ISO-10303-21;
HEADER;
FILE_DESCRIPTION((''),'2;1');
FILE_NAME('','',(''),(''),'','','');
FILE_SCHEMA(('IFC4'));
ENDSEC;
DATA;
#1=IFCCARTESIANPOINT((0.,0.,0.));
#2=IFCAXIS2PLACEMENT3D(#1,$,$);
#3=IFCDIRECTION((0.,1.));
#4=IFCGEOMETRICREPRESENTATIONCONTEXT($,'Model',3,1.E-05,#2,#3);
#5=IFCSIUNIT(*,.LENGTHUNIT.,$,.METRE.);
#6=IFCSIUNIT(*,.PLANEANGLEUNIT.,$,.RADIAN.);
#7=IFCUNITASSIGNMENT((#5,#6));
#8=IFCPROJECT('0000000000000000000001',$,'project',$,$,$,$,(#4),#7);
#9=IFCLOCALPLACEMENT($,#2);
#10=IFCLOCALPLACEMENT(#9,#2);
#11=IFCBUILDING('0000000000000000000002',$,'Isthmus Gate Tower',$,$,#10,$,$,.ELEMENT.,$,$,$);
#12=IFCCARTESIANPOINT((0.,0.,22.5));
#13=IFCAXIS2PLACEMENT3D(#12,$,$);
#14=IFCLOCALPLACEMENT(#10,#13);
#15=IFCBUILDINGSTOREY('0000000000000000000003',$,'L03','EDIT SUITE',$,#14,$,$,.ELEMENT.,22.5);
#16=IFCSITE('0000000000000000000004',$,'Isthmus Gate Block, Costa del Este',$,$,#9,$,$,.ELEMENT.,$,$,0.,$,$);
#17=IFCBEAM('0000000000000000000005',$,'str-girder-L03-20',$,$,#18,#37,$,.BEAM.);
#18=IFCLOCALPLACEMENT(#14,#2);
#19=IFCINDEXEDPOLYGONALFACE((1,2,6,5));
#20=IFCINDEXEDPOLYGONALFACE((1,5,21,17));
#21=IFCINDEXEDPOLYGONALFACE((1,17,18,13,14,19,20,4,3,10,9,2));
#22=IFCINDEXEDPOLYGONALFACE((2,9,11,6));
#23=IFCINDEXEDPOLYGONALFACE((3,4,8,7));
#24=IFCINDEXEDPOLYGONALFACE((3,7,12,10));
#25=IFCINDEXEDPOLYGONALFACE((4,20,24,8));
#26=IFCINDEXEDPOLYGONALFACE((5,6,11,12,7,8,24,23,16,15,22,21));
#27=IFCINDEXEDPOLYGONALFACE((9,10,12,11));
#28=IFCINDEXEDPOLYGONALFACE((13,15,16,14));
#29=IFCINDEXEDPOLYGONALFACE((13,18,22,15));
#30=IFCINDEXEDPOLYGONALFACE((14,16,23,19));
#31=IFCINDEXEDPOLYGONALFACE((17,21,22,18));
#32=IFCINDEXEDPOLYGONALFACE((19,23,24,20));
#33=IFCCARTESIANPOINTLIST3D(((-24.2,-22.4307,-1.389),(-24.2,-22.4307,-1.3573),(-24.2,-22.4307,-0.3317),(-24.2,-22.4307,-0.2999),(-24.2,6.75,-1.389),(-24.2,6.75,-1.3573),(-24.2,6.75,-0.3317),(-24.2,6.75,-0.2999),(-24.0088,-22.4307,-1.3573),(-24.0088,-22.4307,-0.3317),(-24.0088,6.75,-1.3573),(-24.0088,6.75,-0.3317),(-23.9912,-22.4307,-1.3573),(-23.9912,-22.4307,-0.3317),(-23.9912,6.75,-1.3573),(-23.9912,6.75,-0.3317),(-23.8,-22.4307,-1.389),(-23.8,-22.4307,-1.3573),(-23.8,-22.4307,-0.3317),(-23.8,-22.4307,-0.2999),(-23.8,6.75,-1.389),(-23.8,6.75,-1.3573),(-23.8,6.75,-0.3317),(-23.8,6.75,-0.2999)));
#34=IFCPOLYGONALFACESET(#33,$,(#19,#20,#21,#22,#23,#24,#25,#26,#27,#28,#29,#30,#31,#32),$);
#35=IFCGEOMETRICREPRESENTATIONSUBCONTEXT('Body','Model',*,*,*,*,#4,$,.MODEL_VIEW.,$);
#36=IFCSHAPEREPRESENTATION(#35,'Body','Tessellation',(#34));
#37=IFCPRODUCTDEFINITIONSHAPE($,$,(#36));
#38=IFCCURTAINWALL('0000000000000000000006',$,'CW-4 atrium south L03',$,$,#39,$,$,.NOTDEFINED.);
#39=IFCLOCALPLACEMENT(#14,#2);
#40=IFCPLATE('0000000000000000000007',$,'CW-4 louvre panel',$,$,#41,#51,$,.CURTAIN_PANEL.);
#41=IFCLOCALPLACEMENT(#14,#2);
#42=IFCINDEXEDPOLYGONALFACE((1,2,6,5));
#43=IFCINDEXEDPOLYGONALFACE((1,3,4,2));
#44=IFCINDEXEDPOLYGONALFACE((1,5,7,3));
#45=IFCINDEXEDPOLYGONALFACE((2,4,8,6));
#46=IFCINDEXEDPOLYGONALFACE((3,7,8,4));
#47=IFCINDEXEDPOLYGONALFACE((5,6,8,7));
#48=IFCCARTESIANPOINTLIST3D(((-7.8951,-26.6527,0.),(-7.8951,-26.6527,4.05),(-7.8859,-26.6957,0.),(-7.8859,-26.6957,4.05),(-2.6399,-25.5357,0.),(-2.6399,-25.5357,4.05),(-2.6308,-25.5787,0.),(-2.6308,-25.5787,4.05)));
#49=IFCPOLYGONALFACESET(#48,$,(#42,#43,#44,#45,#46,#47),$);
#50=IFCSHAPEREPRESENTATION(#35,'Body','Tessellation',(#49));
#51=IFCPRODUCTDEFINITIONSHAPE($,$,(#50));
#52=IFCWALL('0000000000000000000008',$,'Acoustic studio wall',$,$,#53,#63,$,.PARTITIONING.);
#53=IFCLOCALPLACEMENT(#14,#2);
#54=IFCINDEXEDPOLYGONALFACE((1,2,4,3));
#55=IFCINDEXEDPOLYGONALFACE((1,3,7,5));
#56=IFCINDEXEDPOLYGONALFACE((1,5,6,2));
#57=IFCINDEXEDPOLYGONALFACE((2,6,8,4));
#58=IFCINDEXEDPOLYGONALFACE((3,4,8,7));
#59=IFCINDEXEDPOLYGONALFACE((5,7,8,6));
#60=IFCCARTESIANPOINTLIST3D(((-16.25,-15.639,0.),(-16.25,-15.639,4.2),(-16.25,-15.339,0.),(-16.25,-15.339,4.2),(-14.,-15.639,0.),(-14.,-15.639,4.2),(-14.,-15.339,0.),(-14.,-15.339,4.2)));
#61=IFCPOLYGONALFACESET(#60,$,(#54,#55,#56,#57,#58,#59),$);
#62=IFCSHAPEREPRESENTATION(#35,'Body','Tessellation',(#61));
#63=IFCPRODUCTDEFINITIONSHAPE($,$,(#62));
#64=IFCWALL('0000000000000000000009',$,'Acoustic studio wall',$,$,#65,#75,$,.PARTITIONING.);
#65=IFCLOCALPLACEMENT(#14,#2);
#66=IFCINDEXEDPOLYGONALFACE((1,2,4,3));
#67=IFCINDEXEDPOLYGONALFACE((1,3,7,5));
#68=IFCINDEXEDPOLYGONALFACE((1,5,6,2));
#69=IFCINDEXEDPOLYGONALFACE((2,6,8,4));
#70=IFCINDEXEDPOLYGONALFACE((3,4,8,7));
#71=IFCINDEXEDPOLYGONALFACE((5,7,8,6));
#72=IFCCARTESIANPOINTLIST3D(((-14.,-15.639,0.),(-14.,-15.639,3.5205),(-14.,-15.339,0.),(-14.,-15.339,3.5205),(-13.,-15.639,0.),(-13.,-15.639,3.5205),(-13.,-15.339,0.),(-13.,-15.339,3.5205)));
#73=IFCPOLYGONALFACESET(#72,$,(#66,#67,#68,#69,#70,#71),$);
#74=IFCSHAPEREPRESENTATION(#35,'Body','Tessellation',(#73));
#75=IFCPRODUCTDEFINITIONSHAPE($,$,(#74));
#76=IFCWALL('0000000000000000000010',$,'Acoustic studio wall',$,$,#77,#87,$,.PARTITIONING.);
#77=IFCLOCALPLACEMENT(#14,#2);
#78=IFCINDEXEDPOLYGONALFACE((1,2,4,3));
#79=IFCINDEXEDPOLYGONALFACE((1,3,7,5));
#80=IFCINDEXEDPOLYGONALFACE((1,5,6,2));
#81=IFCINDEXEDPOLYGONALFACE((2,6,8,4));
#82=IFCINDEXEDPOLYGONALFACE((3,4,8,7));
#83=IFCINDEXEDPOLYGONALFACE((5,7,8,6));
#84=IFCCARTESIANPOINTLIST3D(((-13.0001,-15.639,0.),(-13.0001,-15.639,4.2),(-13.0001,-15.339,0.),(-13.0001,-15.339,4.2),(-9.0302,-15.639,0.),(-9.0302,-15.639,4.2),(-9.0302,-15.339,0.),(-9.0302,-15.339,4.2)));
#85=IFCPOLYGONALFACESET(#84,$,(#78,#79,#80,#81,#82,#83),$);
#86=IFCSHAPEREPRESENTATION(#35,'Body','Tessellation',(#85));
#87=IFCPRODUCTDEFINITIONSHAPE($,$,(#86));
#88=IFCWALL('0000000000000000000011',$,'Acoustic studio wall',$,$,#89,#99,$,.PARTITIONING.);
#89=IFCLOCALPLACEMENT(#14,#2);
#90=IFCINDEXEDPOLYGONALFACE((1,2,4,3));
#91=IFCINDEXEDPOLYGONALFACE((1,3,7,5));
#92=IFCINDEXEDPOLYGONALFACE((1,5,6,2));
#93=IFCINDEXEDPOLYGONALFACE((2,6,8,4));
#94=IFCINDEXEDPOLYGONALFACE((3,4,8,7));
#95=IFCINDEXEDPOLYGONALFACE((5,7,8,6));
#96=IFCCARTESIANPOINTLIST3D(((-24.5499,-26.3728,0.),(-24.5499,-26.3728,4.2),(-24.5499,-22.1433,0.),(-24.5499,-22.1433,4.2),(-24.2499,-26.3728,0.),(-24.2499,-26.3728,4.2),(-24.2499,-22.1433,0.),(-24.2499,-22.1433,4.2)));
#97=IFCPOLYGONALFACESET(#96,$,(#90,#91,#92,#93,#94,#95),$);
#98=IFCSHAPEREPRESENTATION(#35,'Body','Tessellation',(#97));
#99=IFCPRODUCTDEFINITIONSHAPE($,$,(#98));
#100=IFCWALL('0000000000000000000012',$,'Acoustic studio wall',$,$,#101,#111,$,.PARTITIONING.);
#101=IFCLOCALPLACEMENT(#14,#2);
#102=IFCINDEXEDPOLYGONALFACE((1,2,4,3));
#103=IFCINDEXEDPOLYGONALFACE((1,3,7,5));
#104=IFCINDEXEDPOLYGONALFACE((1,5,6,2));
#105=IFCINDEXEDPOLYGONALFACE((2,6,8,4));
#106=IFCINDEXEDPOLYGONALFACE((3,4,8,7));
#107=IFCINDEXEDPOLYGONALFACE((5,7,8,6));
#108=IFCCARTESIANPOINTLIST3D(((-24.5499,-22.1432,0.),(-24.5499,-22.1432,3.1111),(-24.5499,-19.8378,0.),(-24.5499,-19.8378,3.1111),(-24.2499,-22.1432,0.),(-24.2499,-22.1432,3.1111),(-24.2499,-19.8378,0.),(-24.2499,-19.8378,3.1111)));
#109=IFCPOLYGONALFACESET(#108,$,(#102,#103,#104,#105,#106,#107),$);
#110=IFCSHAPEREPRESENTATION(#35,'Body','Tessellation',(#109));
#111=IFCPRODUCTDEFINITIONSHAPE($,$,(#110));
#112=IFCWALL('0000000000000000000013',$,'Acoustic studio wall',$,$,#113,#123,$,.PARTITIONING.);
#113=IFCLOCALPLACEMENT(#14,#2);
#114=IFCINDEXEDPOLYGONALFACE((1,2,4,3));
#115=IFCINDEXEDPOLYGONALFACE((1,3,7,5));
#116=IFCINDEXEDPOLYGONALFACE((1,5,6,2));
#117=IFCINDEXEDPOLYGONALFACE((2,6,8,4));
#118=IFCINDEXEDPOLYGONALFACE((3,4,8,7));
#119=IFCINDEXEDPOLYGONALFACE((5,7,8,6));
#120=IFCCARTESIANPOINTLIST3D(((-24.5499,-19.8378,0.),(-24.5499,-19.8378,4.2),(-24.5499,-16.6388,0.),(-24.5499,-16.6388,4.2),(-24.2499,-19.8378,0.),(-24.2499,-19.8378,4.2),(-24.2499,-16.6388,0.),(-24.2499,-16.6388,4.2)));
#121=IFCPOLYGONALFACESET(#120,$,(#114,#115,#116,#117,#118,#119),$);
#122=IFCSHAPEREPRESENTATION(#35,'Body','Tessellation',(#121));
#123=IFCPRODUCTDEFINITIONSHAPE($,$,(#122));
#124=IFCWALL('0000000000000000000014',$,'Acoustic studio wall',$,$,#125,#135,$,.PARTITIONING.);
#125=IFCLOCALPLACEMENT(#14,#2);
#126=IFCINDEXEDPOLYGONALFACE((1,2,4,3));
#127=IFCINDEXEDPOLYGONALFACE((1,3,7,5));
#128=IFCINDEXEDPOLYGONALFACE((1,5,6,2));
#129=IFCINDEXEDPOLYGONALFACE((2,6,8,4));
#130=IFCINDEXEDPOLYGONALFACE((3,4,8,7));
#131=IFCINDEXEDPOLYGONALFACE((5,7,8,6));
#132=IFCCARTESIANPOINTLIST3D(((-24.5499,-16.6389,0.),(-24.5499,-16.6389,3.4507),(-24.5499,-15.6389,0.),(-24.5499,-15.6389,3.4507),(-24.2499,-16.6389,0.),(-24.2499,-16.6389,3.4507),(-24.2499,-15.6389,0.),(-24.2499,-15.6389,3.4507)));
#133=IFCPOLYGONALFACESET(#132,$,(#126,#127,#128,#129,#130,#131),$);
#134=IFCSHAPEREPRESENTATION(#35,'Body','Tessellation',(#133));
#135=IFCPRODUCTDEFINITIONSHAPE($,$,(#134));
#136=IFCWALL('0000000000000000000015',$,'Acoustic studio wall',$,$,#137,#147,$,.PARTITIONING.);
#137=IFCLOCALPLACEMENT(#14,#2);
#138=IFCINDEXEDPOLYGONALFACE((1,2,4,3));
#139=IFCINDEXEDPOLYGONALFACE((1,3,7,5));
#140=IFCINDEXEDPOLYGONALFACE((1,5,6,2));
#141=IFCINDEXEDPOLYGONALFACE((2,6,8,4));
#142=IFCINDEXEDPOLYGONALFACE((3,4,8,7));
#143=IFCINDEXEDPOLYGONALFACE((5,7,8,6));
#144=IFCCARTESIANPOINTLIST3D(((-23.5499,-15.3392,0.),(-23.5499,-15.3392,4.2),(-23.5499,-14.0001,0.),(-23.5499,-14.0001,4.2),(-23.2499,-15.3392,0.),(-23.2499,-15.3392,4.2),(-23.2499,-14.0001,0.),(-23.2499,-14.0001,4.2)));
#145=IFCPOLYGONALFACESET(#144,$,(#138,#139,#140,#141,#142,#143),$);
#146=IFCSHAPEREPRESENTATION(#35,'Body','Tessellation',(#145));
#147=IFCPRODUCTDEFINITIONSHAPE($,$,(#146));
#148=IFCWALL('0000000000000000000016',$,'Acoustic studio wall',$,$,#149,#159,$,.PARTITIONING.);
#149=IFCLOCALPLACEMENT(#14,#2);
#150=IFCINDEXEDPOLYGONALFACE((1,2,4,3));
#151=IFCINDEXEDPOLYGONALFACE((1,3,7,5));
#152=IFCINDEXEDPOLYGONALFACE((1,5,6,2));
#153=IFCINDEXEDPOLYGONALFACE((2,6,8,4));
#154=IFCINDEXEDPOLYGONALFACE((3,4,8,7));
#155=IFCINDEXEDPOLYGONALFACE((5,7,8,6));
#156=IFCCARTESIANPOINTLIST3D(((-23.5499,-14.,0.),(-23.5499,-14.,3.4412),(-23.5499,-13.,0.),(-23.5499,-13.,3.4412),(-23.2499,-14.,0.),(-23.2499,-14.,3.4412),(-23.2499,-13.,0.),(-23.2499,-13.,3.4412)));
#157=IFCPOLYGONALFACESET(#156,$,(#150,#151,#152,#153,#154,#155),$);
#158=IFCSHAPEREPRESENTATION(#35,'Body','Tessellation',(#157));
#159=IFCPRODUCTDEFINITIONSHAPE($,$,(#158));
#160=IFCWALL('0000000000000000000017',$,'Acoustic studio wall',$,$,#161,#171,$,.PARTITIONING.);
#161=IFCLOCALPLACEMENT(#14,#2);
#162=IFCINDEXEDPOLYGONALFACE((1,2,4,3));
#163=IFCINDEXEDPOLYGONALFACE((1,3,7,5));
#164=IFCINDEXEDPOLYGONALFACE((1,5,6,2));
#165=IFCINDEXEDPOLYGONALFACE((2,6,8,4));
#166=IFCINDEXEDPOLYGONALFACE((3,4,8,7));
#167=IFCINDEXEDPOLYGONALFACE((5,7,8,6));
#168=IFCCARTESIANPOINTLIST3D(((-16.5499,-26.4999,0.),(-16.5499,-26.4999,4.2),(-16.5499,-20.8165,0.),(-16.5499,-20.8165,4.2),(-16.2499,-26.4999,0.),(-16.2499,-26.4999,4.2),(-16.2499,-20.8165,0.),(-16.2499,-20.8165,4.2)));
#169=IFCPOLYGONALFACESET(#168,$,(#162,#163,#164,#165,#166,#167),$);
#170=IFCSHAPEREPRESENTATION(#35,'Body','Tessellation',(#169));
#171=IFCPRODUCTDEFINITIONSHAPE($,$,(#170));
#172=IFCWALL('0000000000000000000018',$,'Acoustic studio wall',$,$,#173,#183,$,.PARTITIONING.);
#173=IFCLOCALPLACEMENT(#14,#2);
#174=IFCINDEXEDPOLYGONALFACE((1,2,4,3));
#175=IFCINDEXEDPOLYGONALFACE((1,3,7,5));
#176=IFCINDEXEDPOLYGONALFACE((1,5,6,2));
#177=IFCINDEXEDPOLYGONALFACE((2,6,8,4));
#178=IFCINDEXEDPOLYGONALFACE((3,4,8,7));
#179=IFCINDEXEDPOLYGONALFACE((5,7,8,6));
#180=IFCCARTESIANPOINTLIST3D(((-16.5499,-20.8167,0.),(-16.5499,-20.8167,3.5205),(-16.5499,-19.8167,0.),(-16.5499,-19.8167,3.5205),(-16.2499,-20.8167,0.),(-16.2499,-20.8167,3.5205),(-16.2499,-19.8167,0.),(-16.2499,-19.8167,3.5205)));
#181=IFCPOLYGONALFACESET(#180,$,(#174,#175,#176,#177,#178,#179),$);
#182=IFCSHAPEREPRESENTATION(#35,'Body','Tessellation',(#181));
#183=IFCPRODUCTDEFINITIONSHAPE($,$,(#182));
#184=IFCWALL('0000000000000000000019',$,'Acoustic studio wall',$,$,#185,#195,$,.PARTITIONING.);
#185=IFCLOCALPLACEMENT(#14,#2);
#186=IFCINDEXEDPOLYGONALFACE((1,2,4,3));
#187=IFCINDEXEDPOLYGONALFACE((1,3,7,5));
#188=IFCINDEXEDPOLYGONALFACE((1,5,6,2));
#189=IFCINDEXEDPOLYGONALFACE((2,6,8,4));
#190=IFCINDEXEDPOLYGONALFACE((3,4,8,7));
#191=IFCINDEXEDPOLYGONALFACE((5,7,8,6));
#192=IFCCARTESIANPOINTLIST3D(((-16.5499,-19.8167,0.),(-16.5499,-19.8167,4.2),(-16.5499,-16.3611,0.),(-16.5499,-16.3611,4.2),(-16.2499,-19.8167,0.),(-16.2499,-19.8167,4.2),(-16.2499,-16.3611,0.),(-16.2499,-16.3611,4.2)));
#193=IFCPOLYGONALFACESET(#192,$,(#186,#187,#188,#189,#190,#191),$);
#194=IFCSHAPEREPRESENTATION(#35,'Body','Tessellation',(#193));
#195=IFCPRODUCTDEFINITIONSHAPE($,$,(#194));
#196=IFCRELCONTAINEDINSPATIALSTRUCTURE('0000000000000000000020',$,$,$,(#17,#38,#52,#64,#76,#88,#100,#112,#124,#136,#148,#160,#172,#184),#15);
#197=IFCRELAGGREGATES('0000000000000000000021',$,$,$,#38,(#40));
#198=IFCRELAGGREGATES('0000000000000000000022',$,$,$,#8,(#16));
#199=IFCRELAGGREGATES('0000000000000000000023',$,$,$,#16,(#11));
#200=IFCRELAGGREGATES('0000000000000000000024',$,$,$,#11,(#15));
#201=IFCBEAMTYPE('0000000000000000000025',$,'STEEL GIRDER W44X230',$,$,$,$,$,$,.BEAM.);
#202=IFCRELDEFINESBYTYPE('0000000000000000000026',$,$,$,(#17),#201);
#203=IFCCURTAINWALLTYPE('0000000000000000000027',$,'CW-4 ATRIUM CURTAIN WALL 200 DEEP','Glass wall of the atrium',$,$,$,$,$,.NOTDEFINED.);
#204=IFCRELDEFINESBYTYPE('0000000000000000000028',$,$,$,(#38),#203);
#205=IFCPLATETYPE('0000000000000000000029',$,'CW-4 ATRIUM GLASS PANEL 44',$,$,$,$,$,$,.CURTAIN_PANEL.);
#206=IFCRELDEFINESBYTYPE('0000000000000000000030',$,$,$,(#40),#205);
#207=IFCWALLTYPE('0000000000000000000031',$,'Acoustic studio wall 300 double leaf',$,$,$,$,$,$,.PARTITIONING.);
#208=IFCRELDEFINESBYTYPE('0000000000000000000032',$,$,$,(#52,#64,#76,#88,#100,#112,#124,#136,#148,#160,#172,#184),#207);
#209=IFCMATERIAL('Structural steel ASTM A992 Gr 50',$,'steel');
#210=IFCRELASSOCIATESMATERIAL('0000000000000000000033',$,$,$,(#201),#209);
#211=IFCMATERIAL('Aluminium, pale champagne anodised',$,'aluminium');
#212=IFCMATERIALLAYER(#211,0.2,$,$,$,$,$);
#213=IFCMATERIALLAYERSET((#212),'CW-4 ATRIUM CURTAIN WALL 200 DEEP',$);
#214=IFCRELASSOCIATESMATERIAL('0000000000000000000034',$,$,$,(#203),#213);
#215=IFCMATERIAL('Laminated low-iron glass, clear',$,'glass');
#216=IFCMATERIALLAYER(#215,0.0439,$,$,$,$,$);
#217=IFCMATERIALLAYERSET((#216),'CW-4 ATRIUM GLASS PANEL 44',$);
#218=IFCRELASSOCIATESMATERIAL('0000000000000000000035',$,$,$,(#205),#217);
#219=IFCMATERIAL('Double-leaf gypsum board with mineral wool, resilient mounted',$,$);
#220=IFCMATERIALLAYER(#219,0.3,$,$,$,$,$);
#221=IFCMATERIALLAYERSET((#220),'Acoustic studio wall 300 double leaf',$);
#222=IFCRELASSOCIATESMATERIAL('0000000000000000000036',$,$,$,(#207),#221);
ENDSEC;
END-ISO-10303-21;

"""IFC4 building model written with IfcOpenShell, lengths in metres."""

from ifc_helpers import new_model, si_unit, direction, frame, frame_2d, origin, origin_2d, place, context, subcontext, project, spatial, rectangle, i_section, extrude, material, layer, layer_set, material_profile, profile_set, type_object, element, aggregate, save


model = new_model("IFC4")

# Units and contexts
model_context = context("Model", 3, precision=1e-05, world=origin(), true_north=direction((0.0, 1.0)))
body_context = subcontext(model_context, "Body", "Model", "MODEL_VIEW")
ifc_project = project(units=[si_unit("LENGTHUNIT", "METRE"), si_unit("PLANEANGLEUNIT", "RADIAN")], contexts=[model_context])

# Site, building, storey
site_placement = place(None, origin())
site = spatial("IfcSite", under=ifc_project, at=site_placement, Name="Isthmus Gate Block, Costa del Este", CompositionType="ELEMENT", RefElevation=0.0)
building_placement = place(site_placement, origin())
building = spatial("IfcBuilding", under=site, at=building_placement, Name="Isthmus Gate Tower", CompositionType="ELEMENT")
storey_placement = place(building_placement, frame((0.0, 0.0, 22.5)))
storey = spatial("IfcBuildingStorey", under=building, at=storey_placement, Name="L03", Description="EDIT SUITE", CompositionType="ELEMENT", Elevation=22.5)

# Beam
ifc_material_1 = material(Name="Structural steel ASTM A992 Gr 50", Category="steel")
ifc_material_profile_1 = material_profile(ifc_material_1, i_section(OverallWidth=0.3999, OverallDepth=1.0891, WebThickness=0.0176, FlangeThickness=0.0317, at=origin_2d()), Name="W44X230")
ifc_profile_set_1 = profile_set([ifc_material_profile_1], Name="Structural steel ASTM A992 Gr 50")
beam_type_1 = type_object("IfcBeamType", Name="STEEL GIRDER W44X230", PredefinedType="BEAM", material=ifc_profile_set_1)
beam_1_placement = place(storey_placement, frame((-24.0, -22.4307, -0.8445), z_axis=(0.0, 1.0, 0.0), x_axis=(-1.0, 0.0, 0.0)))
element("IfcBeam", 1, at=beam_1_placement, inside=storey, type_object=beam_type_1, Name="str-girder-L03-20", PredefinedType="BEAM", context=body_context, shape_type="SweptSolid", body=[
    extrude(i_section(OverallWidth=0.3999, OverallDepth=1.0891, WebThickness=0.0176, FlangeThickness=0.0317, at=origin_2d()), origin(), (0.0, 0.0, 1.0), 29.1807),
])

# Curtain wall, plate
ifc_material_2 = material(Name="Aluminium, pale champagne anodised", Category="aluminium")
ifc_layer_1 = layer(ifc_material_2, 0.2)
ifc_layer_set_1 = layer_set([ifc_layer_1], Name="CW-4 ATRIUM CURTAIN WALL 200 DEEP")
curtain_wall_type = type_object("IfcCurtainWallType", Name="CW-4 ATRIUM CURTAIN WALL 200 DEEP", Description="Glass wall of the atrium", PredefinedType="NOTDEFINED", material=ifc_layer_set_1)
curtain_wall_placement = place(storey_placement, origin())
curtain_wall = element("IfcCurtainWall", 2, at=curtain_wall_placement, inside=storey, type_object=curtain_wall_type, Name="CW-4 atrium south L03", PredefinedType="NOTDEFINED")
ifc_material_3 = material(Name="Laminated low-iron glass, clear", Category="glass")
ifc_layer_2 = layer(ifc_material_3, 0.0439)
ifc_layer_set_2 = layer_set([ifc_layer_2], Name="CW-4 ATRIUM GLASS PANEL 44")
plate_type = type_object("IfcPlateType", Name="CW-4 ATRIUM GLASS PANEL 44", PredefinedType="CURTAIN_PANEL", material=ifc_layer_set_2)
plate_placement = place(storey_placement, frame((-5.2629, -26.1157, 0.0), z_axis=(0.0, 0.0, 1.0), x_axis=(0.978148, 0.207912, 0.0)))
plate = element("IfcPlate", 3, at=plate_placement, type_object=plate_type, Name="CW-4 louvre panel", PredefinedType="CURTAIN_PANEL", context=body_context, shape_type="SweptSolid", body=[
    extrude(rectangle(XDim=5.3726, YDim=0.0439, at=origin_2d()), origin(), (0.0, 0.0, 1.0), 4.05),
])
aggregate(curtain_wall, [plate])

# Walls
ifc_material_4 = material(Name="Double-leaf gypsum board with mineral wool, resilient mounted")
ifc_layer_3 = layer(ifc_material_4, 0.3)
ifc_layer_set_3 = layer_set([ifc_layer_3], Name="Acoustic studio wall 300 double leaf")
wall_type_1 = type_object("IfcWallType", Name="Acoustic studio wall 300 double leaf", PredefinedType="PARTITIONING", material=ifc_layer_set_3)
wall_1_placement = place(storey_placement, frame((-16.25, -15.489, 0.0), z_axis=(0.0, 0.0, 1.0), x_axis=(1.0, 0.0, 0.0)))
element("IfcWall", 4, at=wall_1_placement, inside=storey, type_object=wall_type_1, Name="Acoustic studio wall", PredefinedType="PARTITIONING", context=body_context, shape_type="SweptSolid", body=[
    extrude(rectangle(XDim=2.25, YDim=0.3, at=frame_2d((1.125, 0.0))), origin(), (0.0, 0.0, 1.0), 4.2),
])
wall_2_placement = place(storey_placement, frame((-14.0, -15.489, 0.0), z_axis=(0.0, 0.0, 1.0), x_axis=(1.0, 0.0, 0.0)))
element("IfcWall", 5, at=wall_2_placement, inside=storey, type_object=wall_type_1, Name="Acoustic studio wall", PredefinedType="PARTITIONING", context=body_context, shape_type="SweptSolid", body=[
    extrude(rectangle(XDim=1.0, YDim=0.3, at=frame_2d((0.5, 0.0))), origin(), (0.0, 0.0, 1.0), 3.5205),
])
wall_3_placement = place(storey_placement, frame((-13.0, -15.489, 0.0), z_axis=(0.0, 0.0, 1.0), x_axis=(1.0, 0.0, 0.0)))
element("IfcWall", 6, at=wall_3_placement, inside=storey, type_object=wall_type_1, Name="Acoustic studio wall", PredefinedType="PARTITIONING", context=body_context, shape_type="SweptSolid", body=[
    extrude(rectangle(XDim=3.97, YDim=0.3, at=frame_2d((1.9849, 0.0))), origin(), (0.0, 0.0, 1.0), 4.2),
])
wall_4_placement = place(storey_placement, frame((-24.3999, -26.3728, 0.0), z_axis=(0.0, 0.0, 1.0), x_axis=(0.0, 1.0, 0.0)))
element("IfcWall", 7, at=wall_4_placement, inside=storey, type_object=wall_type_1, Name="Acoustic studio wall", PredefinedType="PARTITIONING", context=body_context, shape_type="SweptSolid", body=[
    extrude(rectangle(XDim=4.2295, YDim=0.3, at=frame_2d((2.1147, 0.0))), origin(), (0.0, 0.0, 1.0), 4.2),
])
wall_5_placement = place(storey_placement, frame((-24.3999, -22.1433, 0.0), z_axis=(0.0, 0.0, 1.0), x_axis=(0.0, 1.0, 0.0)))
element("IfcWall", 8, at=wall_5_placement, inside=storey, type_object=wall_type_1, Name="Acoustic studio wall", PredefinedType="PARTITIONING", context=body_context, shape_type="SweptSolid", body=[
    extrude(rectangle(XDim=2.3054, YDim=0.3, at=frame_2d((1.1528, 0.0))), origin(), (0.0, 0.0, 1.0), 3.1111),
])
wall_6_placement = place(storey_placement, frame((-24.3999, -19.8379, 0.0), z_axis=(0.0, 0.0, 1.0), x_axis=(0.0, 1.0, 0.0)))
element("IfcWall", 9, at=wall_6_placement, inside=storey, type_object=wall_type_1, Name="Acoustic studio wall", PredefinedType="PARTITIONING", context=body_context, shape_type="SweptSolid", body=[
    extrude(rectangle(XDim=3.199, YDim=0.3, at=frame_2d((1.5996, 0.0))), origin(), (0.0, 0.0, 1.0), 4.2),
])
wall_7_placement = place(storey_placement, frame((-24.3999, -16.6389, 0.0), z_axis=(0.0, 0.0, 1.0), x_axis=(0.0, 1.0, 0.0)))
element("IfcWall", 10, at=wall_7_placement, inside=storey, type_object=wall_type_1, Name="Acoustic studio wall", PredefinedType="PARTITIONING", context=body_context, shape_type="SweptSolid", body=[
    extrude(rectangle(XDim=1.0, YDim=0.3, at=frame_2d((0.5, 0.0))), origin(), (0.0, 0.0, 1.0), 3.4507),
])
wall_8_placement = place(storey_placement, frame((-23.3999, -15.3391, 0.0), z_axis=(0.0, 0.0, 1.0), x_axis=(0.0, 1.0, 0.0)))
element("IfcWall", 11, at=wall_8_placement, inside=storey, type_object=wall_type_1, Name="Acoustic studio wall", PredefinedType="PARTITIONING", context=body_context, shape_type="SweptSolid", body=[
    extrude(rectangle(XDim=1.3391, YDim=0.3, at=frame_2d((0.6694, 0.0))), origin(), (0.0, 0.0, 1.0), 4.2),
])
wall_9_placement = place(storey_placement, frame((-23.3999, -14.0, 0.0), z_axis=(0.0, 0.0, 1.0), x_axis=(0.0, 1.0, 0.0)))
element("IfcWall", 12, at=wall_9_placement, inside=storey, type_object=wall_type_1, Name="Acoustic studio wall", PredefinedType="PARTITIONING", context=body_context, shape_type="SweptSolid", body=[
    extrude(rectangle(XDim=1.0, YDim=0.3, at=frame_2d((0.5, 0.0))), origin(), (0.0, 0.0, 1.0), 3.4412),
])
wall_10_placement = place(storey_placement, frame((-16.3999, -26.5, 0.0), z_axis=(0.0, 0.0, 1.0), x_axis=(0.0, 1.0, 0.0)))
element("IfcWall", 13, at=wall_10_placement, inside=storey, type_object=wall_type_1, Name="Acoustic studio wall", PredefinedType="PARTITIONING", context=body_context, shape_type="SweptSolid", body=[
    extrude(rectangle(XDim=5.6833, YDim=0.3, at=frame_2d((2.8418, 0.0))), origin(), (0.0, 0.0, 1.0), 4.2),
])
wall_11_placement = place(storey_placement, frame((-16.3999, -20.8167, 0.0), z_axis=(0.0, 0.0, 1.0), x_axis=(0.0, 1.0, 0.0)))
element("IfcWall", 14, at=wall_11_placement, inside=storey, type_object=wall_type_1, Name="Acoustic studio wall", PredefinedType="PARTITIONING", context=body_context, shape_type="SweptSolid", body=[
    extrude(rectangle(XDim=1.0, YDim=0.3, at=frame_2d((0.5, 0.0))), origin(), (0.0, 0.0, 1.0), 3.5205),
])
wall_12_placement = place(storey_placement, frame((-16.3999, -19.8167, 0.0), z_axis=(0.0, 0.0, 1.0), x_axis=(0.0, 1.0, 0.0)))
element("IfcWall", 15, at=wall_12_placement, inside=storey, type_object=wall_type_1, Name="Acoustic studio wall", PredefinedType="PARTITIONING", context=body_context, shape_type="SweptSolid", body=[
    extrude(rectangle(XDim=3.4556, YDim=0.3, at=frame_2d((1.7278, 0.0))), origin(), (0.0, 0.0, 1.0), 4.2),
])

save(model, "model.ifc")
